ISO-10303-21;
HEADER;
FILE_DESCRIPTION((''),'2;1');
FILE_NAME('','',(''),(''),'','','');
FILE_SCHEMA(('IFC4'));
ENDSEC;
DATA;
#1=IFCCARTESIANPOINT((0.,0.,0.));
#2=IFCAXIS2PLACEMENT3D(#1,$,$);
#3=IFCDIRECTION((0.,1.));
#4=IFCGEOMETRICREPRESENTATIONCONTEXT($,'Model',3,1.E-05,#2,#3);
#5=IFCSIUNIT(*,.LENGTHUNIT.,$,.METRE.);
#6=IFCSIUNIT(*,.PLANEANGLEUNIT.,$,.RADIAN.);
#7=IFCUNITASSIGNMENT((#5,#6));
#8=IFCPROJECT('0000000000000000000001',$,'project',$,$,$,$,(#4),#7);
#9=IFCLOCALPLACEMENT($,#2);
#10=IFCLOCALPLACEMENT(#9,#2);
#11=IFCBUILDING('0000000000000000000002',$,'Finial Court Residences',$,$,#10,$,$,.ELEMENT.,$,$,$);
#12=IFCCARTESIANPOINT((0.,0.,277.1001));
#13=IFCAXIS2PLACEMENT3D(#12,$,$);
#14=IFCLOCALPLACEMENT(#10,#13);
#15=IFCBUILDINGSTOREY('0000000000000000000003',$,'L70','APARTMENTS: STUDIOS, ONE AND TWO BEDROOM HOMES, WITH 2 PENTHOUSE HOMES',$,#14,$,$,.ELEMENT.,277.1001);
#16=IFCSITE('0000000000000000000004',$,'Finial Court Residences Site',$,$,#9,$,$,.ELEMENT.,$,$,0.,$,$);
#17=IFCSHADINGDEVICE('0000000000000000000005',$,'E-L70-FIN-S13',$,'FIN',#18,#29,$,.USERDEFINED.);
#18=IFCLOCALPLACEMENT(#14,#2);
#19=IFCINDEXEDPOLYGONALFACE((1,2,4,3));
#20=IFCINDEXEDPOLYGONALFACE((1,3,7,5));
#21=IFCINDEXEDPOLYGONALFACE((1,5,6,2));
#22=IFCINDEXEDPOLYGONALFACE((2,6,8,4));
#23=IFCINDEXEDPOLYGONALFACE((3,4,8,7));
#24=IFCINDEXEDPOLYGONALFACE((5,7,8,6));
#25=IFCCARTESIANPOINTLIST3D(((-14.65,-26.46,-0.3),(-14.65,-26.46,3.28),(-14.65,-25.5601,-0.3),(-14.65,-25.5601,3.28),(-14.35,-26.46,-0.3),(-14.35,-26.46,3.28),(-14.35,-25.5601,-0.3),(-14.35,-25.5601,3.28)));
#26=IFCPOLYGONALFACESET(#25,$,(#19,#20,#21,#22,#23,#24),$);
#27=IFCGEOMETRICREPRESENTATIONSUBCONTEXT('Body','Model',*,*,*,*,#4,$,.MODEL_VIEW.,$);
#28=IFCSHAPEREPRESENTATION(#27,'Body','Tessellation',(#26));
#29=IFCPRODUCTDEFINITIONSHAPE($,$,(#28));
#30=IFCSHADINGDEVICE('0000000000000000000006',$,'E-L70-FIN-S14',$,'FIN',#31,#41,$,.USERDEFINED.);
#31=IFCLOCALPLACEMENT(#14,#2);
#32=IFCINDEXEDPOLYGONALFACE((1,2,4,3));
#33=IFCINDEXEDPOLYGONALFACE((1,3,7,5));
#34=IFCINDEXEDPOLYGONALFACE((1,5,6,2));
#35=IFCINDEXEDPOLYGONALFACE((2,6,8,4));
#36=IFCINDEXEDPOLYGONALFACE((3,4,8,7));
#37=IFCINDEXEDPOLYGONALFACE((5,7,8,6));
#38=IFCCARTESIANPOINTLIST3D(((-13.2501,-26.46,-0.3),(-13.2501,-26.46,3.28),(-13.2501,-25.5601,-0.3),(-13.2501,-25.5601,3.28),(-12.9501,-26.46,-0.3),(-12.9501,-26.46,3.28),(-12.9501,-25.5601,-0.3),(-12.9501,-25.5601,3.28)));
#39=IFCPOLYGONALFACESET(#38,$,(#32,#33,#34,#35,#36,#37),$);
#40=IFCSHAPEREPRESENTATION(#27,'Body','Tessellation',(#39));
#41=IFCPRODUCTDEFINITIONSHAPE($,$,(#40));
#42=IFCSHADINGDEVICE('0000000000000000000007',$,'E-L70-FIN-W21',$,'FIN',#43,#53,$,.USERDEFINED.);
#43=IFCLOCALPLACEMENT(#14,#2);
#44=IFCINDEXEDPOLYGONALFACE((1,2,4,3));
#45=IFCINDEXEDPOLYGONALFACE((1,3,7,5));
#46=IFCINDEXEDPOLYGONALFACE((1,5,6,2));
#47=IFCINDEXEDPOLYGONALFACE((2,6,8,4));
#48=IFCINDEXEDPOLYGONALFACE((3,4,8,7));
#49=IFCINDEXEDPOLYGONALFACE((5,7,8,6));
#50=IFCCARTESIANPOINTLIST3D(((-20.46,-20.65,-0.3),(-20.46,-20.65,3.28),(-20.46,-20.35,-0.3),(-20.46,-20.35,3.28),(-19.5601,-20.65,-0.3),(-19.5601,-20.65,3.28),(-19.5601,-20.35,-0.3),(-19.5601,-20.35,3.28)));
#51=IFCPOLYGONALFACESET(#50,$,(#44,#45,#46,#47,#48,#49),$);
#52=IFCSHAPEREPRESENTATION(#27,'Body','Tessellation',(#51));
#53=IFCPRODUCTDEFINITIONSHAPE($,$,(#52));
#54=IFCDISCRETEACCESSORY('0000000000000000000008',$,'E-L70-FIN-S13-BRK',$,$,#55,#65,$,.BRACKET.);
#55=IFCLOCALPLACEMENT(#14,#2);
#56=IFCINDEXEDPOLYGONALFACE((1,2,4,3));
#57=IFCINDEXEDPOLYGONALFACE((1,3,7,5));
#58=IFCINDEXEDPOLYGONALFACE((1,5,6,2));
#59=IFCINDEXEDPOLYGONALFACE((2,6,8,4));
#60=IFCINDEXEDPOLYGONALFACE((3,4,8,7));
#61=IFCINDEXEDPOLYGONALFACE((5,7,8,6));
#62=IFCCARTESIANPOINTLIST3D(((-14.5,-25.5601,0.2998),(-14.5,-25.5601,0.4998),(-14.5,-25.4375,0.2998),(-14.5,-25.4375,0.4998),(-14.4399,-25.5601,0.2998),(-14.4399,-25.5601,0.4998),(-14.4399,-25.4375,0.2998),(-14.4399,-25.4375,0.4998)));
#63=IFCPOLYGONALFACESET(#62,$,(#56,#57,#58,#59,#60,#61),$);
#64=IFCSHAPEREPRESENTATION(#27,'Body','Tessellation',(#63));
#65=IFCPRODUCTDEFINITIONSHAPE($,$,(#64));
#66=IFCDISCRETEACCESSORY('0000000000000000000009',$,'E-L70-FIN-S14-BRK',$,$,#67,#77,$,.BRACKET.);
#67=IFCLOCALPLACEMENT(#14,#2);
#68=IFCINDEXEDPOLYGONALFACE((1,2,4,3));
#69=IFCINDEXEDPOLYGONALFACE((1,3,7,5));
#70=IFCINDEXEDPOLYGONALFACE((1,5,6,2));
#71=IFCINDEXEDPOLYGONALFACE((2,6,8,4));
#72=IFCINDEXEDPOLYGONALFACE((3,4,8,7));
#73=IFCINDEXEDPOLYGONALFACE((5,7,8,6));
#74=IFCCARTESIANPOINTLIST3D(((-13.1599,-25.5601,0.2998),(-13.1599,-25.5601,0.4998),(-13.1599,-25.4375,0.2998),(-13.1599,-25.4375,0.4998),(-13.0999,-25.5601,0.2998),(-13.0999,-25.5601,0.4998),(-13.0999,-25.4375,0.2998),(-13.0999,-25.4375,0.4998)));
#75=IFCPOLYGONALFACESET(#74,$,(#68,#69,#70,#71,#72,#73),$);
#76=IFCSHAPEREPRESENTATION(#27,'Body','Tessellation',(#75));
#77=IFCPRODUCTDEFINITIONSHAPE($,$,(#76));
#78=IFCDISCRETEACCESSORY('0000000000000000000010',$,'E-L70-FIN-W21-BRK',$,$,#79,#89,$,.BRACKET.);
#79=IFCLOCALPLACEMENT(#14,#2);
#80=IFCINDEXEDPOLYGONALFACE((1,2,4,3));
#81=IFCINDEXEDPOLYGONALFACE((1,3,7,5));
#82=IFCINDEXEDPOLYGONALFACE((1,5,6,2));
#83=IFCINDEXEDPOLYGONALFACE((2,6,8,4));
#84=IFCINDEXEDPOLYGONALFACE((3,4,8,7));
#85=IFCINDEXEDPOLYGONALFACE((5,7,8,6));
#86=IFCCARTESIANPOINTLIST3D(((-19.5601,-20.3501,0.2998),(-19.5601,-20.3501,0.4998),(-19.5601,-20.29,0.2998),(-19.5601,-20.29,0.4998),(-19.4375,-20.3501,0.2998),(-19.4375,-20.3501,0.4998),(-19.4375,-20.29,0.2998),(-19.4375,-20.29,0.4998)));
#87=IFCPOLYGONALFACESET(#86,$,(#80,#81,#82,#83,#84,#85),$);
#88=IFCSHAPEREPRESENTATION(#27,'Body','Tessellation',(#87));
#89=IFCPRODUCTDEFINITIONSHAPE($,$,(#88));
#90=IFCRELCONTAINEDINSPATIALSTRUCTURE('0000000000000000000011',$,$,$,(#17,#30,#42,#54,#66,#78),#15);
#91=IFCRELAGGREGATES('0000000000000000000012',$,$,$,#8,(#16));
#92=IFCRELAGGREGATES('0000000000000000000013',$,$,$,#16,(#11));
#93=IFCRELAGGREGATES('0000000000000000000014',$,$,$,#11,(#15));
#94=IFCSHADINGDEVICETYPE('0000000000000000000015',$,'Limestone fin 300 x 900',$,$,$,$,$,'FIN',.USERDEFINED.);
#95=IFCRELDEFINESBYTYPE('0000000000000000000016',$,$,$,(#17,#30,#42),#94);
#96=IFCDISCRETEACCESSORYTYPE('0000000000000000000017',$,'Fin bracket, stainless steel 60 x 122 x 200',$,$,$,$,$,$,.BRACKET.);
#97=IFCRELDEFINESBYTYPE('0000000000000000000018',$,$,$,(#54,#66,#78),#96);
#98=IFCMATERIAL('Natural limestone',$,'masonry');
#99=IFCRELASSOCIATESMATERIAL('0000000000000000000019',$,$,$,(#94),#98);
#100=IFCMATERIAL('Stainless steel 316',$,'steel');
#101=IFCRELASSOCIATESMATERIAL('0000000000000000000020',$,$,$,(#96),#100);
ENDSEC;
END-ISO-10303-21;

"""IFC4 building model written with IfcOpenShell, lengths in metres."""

from ifc_helpers import new_model, si_unit, direction, frame, origin, origin_2d, place, context, subcontext, project, spatial, rectangle, extrude, material, type_object, element, save


model = new_model("IFC4")

# Units and contexts
model_context = context("Model", 3, precision=1e-05, world=origin(), true_north=direction((0.0, 1.0)))
body_context = subcontext(model_context, "Body", "Model", "MODEL_VIEW")
ifc_project = project(units=[si_unit("LENGTHUNIT", "METRE"), si_unit("PLANEANGLEUNIT", "RADIAN")], contexts=[model_context])

# Site, building, storey
site_placement = place(None, origin())
site = spatial("IfcSite", under=ifc_project, at=site_placement, Name="Finial Court Residences Site", CompositionType="ELEMENT", RefElevation=0.0)
building_placement = place(site_placement, origin())
building = spatial("IfcBuilding", under=site, at=building_placement, Name="Finial Court Residences", CompositionType="ELEMENT")
storey_placement = place(building_placement, frame((0.0, 0.0, 277.1001)))
storey = spatial("IfcBuildingStorey", under=building, at=storey_placement, Name="L70", Description="APARTMENTS: STUDIOS, ONE AND TWO BEDROOM HOMES, WITH 2 PENTHOUSE HOMES", CompositionType="ELEMENT", Elevation=277.1001)

# Shared definitions
ifc_material_1 = material(Name="Natural limestone", Category="masonry")

# Shading devices
shading_device_type = type_object("IfcShadingDeviceType", Name="Limestone fin 300 x 900", ElementType="FIN", PredefinedType="USERDEFINED", material=ifc_material_1)
for number, where, z_axis, x_axis, name in (
    (1, (-14.5, -26.01, -0.3), (0.0, 0.0, 1.0), (1.0, 0.0, 0.0), "E-L70-FIN-S13"),
    (2, (-13.1001, -26.01, -0.3), (0.0, 0.0, 1.0), (1.0, 0.0, 0.0), "E-L70-FIN-S14"),
):
    element("IfcShadingDevice", number, at=place(storey_placement, frame(where, z_axis=z_axis, x_axis=x_axis)), inside=storey, type_object=shading_device_type, Name=name, ObjectType="FIN", PredefinedType="USERDEFINED", context=body_context, shape_type="SweptSolid", body=[
        extrude(rectangle(XDim=0.3, YDim=0.8999, at=origin_2d()), origin(), (0.0, 0.0, 1.0), 3.5801),
    ])
shading_device_placement = place(storey_placement, frame((-20.01, -20.5, -0.3), z_axis=(0.0, 0.0, 1.0), x_axis=(1.0, 0.0, 0.0)))
element("IfcShadingDevice", 3, at=shading_device_placement, inside=storey, type_object=shading_device_type, Name="E-L70-FIN-W21", ObjectType="FIN", PredefinedType="USERDEFINED", context=body_context, shape_type="SweptSolid", body=[
    extrude(rectangle(XDim=0.8999, YDim=0.3, at=origin_2d()), origin(), (0.0, 0.0, 1.0), 3.5801),
])

# Discrete accessories
ifc_material_2 = material(Name="Stainless steel 316", Category="steel")
discrete_accessory_type = type_object("IfcDiscreteAccessoryType", Name="Fin bracket, stainless steel 60 x 122 x 200", PredefinedType="BRACKET", material=ifc_material_2)
for number, where, z_axis, x_axis, name in (
    (4, (-14.47, -25.4988, 0.2998), (0.0, 0.0, 1.0), (1.0, 0.0, 0.0), "E-L70-FIN-S13-BRK"),
    (5, (-13.1299, -25.4988, 0.2998), (0.0, 0.0, 1.0), (1.0, 0.0, 0.0), "E-L70-FIN-S14-BRK"),
):
    element("IfcDiscreteAccessory", number, at=place(storey_placement, frame(where, z_axis=z_axis, x_axis=x_axis)), inside=storey, type_object=discrete_accessory_type, Name=name, PredefinedType="BRACKET", context=body_context, shape_type="SweptSolid", body=[
        extrude(rectangle(XDim=0.0601, YDim=0.1226, at=origin_2d()), origin(), (0.0, 0.0, 1.0), 0.2),
    ])
discrete_accessory_placement = place(storey_placement, frame((-19.4988, -20.3201, 0.2998), z_axis=(0.0, 0.0, 1.0), x_axis=(1.0, 0.0, 0.0)))
element("IfcDiscreteAccessory", 6, at=discrete_accessory_placement, inside=storey, type_object=discrete_accessory_type, Name="E-L70-FIN-W21-BRK", PredefinedType="BRACKET", context=body_context, shape_type="SweptSolid", body=[
    extrude(rectangle(XDim=0.1226, YDim=0.0601, at=origin_2d()), origin(), (0.0, 0.0, 1.0), 0.2),
])

save(model, "model.ifc")
